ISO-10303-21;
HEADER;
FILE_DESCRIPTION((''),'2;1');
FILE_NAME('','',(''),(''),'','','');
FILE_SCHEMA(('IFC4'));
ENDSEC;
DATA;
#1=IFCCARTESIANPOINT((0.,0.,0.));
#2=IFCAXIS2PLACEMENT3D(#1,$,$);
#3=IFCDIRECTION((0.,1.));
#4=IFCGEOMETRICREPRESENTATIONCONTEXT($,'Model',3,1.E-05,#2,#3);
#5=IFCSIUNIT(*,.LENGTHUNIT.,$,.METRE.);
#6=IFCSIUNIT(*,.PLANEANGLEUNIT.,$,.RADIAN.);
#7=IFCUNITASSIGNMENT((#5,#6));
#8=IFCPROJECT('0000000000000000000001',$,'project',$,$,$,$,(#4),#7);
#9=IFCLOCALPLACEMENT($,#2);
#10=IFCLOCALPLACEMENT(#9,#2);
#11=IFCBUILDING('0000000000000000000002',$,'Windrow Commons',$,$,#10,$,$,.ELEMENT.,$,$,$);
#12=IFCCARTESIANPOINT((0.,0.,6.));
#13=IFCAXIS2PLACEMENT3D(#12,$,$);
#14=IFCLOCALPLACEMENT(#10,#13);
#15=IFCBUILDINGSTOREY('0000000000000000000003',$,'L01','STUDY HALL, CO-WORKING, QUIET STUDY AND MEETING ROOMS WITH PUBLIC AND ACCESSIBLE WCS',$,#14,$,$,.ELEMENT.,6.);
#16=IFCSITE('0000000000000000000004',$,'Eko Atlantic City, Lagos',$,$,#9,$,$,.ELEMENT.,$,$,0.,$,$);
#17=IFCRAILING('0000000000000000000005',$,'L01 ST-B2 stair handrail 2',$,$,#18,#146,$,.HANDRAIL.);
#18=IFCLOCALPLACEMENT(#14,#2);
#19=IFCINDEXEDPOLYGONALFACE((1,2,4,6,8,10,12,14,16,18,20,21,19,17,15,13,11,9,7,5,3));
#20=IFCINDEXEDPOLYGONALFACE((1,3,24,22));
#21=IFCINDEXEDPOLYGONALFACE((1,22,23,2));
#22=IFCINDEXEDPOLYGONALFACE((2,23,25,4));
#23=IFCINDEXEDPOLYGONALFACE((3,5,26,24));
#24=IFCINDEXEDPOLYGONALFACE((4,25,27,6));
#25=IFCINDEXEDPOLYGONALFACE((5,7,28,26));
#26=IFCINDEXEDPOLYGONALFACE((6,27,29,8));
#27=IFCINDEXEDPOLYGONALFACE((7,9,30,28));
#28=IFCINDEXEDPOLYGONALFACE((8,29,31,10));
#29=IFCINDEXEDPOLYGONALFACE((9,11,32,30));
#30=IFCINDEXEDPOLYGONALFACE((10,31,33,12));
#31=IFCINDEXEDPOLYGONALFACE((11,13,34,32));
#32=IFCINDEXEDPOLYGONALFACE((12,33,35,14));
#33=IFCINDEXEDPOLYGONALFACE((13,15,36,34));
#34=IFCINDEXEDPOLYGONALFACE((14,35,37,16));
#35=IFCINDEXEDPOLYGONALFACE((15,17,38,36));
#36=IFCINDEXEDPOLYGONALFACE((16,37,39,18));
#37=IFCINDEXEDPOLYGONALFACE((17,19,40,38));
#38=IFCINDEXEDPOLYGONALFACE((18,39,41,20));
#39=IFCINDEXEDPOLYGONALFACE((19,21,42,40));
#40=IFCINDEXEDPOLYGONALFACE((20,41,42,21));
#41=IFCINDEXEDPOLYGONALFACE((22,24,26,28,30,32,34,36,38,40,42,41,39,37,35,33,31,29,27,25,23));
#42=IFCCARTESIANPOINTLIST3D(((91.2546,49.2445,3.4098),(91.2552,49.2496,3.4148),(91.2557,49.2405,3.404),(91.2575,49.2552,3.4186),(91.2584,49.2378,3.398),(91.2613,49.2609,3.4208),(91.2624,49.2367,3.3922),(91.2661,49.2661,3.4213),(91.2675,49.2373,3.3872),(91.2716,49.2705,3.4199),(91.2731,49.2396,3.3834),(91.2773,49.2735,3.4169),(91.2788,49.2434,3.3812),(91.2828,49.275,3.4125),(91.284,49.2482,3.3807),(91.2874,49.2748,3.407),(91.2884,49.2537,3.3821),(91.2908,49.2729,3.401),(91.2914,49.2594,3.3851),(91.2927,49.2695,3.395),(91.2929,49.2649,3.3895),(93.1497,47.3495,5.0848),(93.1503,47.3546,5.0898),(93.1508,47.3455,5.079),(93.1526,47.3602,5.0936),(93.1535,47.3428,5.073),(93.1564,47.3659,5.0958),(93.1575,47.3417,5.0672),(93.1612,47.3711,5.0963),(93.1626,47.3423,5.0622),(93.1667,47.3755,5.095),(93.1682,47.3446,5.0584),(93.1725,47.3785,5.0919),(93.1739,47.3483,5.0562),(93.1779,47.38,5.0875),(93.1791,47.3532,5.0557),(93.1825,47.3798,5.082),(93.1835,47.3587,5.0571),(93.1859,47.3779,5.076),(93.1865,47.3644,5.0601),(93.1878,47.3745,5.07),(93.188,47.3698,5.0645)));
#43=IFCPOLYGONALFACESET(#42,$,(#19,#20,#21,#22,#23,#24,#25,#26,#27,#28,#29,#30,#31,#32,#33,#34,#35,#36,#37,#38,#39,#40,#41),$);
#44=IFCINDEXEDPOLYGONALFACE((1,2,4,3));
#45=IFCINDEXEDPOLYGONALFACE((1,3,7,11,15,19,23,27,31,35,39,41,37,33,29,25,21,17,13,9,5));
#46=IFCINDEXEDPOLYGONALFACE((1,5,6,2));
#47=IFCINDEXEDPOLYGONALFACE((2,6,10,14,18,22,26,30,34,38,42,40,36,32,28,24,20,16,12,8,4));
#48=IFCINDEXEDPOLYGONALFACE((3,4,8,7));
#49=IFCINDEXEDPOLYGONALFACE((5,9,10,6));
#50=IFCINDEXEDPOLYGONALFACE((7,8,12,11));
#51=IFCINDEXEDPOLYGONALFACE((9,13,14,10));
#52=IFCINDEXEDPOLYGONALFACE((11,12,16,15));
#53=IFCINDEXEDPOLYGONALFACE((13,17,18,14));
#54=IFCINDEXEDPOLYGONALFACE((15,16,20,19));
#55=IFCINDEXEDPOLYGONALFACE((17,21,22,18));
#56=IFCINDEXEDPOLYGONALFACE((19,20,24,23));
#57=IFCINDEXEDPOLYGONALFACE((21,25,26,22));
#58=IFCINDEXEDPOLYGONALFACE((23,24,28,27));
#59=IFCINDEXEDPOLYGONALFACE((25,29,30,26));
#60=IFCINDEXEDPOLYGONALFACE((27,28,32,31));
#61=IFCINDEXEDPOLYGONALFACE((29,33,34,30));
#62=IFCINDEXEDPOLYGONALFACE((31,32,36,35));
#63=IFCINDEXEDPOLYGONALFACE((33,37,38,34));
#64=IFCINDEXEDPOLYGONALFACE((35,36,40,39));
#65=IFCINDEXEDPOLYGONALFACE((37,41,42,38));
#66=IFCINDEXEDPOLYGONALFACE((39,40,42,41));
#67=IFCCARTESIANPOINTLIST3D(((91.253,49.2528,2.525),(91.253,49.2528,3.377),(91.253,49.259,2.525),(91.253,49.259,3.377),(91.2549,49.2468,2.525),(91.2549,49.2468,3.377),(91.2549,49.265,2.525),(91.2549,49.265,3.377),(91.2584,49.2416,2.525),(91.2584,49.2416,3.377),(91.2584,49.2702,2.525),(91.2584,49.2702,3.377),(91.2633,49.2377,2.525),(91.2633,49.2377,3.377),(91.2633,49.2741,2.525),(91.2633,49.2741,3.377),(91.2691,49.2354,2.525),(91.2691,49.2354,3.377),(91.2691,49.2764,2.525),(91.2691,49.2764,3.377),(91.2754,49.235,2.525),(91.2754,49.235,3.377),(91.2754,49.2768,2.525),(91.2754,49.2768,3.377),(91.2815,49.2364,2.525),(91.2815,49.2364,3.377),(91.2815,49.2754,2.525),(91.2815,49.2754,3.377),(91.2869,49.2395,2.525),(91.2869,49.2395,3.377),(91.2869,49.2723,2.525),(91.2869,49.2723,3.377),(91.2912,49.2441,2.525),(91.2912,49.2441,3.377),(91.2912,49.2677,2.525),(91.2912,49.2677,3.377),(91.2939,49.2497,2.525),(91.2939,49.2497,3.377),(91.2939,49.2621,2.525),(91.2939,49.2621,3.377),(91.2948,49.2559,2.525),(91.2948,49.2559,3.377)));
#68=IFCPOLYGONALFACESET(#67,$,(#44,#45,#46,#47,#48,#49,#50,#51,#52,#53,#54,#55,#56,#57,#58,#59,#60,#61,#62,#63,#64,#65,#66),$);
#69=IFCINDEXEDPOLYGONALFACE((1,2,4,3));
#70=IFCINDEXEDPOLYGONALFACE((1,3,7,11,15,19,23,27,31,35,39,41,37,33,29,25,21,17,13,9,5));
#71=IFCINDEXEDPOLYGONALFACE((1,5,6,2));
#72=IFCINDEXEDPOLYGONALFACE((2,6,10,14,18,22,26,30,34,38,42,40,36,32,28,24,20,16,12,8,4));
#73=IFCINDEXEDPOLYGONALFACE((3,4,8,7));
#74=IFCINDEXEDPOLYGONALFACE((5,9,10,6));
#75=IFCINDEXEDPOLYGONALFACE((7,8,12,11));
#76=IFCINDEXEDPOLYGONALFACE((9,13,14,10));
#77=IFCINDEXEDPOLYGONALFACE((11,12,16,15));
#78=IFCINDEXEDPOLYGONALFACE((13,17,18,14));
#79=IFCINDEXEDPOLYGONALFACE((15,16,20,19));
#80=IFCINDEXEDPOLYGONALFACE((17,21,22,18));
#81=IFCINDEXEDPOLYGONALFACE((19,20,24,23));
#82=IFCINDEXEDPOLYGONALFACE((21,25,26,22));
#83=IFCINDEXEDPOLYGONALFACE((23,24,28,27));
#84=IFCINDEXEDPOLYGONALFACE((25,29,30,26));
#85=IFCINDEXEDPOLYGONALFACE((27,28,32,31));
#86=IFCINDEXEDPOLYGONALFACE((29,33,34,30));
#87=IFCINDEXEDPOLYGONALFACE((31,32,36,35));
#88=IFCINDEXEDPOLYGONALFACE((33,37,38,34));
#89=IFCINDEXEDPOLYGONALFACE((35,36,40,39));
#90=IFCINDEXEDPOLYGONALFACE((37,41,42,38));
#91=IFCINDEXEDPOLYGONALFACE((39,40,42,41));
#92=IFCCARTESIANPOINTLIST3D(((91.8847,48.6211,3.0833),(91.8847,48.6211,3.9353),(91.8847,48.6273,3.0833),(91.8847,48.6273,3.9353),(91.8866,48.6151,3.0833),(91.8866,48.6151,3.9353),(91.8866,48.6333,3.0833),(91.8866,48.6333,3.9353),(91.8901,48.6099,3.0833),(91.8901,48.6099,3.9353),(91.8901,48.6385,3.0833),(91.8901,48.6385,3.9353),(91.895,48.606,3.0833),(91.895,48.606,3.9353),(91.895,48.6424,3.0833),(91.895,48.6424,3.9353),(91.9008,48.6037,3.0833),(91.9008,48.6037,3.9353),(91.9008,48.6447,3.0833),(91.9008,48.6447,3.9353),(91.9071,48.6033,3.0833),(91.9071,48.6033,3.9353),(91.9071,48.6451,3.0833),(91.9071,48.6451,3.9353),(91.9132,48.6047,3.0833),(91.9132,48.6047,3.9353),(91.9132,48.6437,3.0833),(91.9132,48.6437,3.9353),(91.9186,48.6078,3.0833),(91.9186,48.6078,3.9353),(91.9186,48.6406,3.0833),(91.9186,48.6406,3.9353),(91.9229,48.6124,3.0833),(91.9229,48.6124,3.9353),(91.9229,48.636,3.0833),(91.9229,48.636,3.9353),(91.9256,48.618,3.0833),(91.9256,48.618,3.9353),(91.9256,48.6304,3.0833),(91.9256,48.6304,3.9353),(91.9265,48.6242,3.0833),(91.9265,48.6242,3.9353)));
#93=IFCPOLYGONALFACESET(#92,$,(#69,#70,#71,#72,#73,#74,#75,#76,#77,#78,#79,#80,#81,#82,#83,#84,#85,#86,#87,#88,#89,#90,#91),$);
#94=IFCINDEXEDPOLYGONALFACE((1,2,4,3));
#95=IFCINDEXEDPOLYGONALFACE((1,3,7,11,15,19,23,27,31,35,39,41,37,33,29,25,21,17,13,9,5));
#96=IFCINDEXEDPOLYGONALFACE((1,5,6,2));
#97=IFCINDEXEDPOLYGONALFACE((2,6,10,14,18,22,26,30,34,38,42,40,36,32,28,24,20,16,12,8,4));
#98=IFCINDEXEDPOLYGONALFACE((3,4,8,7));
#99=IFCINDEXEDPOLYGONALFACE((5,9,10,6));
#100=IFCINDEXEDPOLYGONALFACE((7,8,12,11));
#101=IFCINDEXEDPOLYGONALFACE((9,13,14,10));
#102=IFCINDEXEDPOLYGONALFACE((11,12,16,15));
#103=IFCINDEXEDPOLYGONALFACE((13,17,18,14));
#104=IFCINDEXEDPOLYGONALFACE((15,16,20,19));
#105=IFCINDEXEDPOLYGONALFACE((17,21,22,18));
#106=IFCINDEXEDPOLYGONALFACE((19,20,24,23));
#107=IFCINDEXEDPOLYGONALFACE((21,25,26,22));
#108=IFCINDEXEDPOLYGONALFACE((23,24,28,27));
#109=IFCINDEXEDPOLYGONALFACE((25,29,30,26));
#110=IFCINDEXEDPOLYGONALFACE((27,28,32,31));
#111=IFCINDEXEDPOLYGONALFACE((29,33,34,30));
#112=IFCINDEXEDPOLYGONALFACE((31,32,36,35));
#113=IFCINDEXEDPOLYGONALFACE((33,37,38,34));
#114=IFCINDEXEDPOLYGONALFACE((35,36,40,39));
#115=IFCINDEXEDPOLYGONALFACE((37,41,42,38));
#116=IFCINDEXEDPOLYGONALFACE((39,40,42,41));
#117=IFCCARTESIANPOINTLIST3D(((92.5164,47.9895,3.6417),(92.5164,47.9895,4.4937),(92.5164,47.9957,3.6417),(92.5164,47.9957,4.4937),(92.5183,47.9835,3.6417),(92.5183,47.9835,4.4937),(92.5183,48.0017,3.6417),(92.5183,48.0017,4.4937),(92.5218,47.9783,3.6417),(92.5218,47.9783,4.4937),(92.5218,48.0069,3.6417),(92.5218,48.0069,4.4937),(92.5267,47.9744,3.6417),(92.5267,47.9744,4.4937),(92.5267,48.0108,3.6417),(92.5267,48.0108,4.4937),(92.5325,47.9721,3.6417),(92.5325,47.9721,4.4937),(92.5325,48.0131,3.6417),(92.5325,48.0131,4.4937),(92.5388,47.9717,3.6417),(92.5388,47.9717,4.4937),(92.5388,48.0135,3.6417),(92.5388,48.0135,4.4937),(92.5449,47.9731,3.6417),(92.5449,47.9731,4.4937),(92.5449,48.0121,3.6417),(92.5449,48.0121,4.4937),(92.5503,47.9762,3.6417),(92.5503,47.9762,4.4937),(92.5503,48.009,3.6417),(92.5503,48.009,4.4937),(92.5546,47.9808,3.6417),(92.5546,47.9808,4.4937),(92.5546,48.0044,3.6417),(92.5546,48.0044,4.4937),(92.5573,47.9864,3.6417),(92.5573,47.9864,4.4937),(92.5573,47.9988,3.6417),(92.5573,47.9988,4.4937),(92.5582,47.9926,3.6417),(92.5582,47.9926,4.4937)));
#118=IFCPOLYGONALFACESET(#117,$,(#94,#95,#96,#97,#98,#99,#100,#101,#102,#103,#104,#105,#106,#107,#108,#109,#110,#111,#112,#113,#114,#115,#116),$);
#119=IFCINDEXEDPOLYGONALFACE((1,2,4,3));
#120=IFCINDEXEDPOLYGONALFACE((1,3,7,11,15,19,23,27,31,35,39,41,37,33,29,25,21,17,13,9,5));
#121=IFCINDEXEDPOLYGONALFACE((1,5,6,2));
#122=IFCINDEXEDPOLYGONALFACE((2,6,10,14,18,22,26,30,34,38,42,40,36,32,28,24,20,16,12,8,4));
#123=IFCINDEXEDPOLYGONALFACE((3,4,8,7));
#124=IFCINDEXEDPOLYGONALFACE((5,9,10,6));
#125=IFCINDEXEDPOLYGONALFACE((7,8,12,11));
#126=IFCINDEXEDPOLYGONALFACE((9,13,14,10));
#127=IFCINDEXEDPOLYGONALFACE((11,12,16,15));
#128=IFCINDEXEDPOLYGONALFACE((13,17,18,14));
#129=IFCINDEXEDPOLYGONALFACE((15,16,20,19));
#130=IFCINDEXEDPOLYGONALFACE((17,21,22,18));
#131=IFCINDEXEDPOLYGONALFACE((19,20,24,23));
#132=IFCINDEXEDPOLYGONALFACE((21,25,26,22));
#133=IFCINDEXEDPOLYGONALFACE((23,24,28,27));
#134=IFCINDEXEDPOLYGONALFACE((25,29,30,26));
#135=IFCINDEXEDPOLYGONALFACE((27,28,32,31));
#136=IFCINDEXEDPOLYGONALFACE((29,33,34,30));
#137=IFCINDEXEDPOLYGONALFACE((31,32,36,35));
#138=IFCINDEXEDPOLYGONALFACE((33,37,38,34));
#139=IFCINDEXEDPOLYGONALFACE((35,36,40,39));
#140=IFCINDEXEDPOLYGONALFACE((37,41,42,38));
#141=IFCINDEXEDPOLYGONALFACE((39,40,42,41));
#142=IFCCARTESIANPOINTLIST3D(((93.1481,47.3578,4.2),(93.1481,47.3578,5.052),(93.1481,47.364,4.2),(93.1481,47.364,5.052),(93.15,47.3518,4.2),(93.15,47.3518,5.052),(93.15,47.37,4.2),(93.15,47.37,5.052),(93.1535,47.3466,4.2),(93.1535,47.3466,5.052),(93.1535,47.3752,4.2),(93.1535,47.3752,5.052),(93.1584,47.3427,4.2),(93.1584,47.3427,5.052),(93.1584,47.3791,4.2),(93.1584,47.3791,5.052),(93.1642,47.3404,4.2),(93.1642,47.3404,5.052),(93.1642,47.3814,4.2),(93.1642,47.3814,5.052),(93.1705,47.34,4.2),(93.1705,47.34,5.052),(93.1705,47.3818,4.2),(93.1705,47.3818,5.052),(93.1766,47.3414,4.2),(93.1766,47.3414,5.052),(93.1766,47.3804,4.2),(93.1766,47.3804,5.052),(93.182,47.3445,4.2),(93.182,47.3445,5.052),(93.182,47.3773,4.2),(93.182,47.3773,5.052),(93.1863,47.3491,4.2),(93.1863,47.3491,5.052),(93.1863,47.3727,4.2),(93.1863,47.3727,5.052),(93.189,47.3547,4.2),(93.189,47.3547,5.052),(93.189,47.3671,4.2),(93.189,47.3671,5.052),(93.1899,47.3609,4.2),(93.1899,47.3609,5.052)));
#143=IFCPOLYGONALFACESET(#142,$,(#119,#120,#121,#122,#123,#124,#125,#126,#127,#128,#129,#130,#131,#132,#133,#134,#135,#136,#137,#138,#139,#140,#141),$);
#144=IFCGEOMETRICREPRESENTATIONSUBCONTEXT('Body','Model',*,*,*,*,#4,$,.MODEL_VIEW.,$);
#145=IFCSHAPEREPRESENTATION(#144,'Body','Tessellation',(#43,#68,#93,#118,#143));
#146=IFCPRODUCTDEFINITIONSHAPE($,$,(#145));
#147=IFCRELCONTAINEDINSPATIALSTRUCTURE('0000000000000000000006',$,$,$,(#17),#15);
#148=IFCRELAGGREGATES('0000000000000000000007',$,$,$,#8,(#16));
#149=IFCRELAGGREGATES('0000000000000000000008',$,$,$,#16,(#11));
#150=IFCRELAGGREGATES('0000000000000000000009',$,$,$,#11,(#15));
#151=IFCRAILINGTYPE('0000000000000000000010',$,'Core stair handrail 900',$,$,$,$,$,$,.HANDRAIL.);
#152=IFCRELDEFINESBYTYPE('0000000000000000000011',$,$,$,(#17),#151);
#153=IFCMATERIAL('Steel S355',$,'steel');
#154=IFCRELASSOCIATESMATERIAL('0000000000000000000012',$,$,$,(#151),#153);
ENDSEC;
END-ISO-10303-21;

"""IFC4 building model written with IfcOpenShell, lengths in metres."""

from ifc_helpers import new_model, si_unit, direction, frame, origin, origin_2d, place, context, subcontext, project, spatial, circle, extrude, material, type_object, element, save


model = new_model("IFC4")

# Units and contexts
model_context = context("Model", 3, precision=1e-05, world=origin(), true_north=direction((0.0, 1.0)))
body_context = subcontext(model_context, "Body", "Model", "MODEL_VIEW")
ifc_project = project(units=[si_unit("LENGTHUNIT", "METRE"), si_unit("PLANEANGLEUNIT", "RADIAN")], contexts=[model_context])

# Site, building, storey
site_placement = place(None, origin())
site = spatial("IfcSite", under=ifc_project, at=site_placement, Name="Eko Atlantic City, Lagos", CompositionType="ELEMENT", RefElevation=0.0)
building_placement = place(site_placement, origin())
building = spatial("IfcBuilding", under=site, at=building_placement, Name="Windrow Commons", CompositionType="ELEMENT")
storey_placement = place(building_placement, frame((0.0, 0.0, 6.0)))
storey = spatial("IfcBuildingStorey", under=building, at=storey_placement, Name="L01", Description="STUDY HALL, CO-WORKING, QUIET STUDY AND MEETING ROOMS WITH PUBLIC AND ACCESSIBLE WCS", CompositionType="ELEMENT", Elevation=6.0)

# Railing
ifc_material_1 = material(Name="Steel S355", Category="steel")
railing_type_1 = type_object("IfcRailingType", Name="Core stair handrail 900", PredefinedType="HANDRAIL", material=ifc_material_1)
railing_1_placement = place(storey_placement, frame((91.2738, 49.2559, 2.525)))
element("IfcRailing", 1, at=railing_1_placement, inside=storey, type_object=railing_type_1, Name="L01 ST-B2 stair handrail 2", PredefinedType="HANDRAIL", context=body_context, shape_type="SweptSolid", body=[
    extrude(circle(Radius=0.024, at=origin_2d()), frame((0.0, 0.0, 0.876), z_axis=(0.599642, -0.59961, 0.529998), x_axis=(0.707088, 0.707125, 0.0)), (0.0, 0.0, 1.0), 3.1604),
    extrude(circle(Radius=0.021, at=origin_2d()), origin(), (0.0, 0.0, 1.0), 0.852),
    extrude(circle(Radius=0.021, at=origin_2d()), frame((0.6317, -0.6317, 0.5583)), (0.0, 0.0, 1.0), 0.852),
    extrude(circle(Radius=0.021, at=origin_2d()), frame((1.2634, -1.2633, 1.1167)), (0.0, 0.0, 1.0), 0.852),
    extrude(circle(Radius=0.021, at=origin_2d()), frame((1.8951, -1.895, 1.675)), (0.0, 0.0, 1.0), 0.852),
])

save(model, "model.ifc")
